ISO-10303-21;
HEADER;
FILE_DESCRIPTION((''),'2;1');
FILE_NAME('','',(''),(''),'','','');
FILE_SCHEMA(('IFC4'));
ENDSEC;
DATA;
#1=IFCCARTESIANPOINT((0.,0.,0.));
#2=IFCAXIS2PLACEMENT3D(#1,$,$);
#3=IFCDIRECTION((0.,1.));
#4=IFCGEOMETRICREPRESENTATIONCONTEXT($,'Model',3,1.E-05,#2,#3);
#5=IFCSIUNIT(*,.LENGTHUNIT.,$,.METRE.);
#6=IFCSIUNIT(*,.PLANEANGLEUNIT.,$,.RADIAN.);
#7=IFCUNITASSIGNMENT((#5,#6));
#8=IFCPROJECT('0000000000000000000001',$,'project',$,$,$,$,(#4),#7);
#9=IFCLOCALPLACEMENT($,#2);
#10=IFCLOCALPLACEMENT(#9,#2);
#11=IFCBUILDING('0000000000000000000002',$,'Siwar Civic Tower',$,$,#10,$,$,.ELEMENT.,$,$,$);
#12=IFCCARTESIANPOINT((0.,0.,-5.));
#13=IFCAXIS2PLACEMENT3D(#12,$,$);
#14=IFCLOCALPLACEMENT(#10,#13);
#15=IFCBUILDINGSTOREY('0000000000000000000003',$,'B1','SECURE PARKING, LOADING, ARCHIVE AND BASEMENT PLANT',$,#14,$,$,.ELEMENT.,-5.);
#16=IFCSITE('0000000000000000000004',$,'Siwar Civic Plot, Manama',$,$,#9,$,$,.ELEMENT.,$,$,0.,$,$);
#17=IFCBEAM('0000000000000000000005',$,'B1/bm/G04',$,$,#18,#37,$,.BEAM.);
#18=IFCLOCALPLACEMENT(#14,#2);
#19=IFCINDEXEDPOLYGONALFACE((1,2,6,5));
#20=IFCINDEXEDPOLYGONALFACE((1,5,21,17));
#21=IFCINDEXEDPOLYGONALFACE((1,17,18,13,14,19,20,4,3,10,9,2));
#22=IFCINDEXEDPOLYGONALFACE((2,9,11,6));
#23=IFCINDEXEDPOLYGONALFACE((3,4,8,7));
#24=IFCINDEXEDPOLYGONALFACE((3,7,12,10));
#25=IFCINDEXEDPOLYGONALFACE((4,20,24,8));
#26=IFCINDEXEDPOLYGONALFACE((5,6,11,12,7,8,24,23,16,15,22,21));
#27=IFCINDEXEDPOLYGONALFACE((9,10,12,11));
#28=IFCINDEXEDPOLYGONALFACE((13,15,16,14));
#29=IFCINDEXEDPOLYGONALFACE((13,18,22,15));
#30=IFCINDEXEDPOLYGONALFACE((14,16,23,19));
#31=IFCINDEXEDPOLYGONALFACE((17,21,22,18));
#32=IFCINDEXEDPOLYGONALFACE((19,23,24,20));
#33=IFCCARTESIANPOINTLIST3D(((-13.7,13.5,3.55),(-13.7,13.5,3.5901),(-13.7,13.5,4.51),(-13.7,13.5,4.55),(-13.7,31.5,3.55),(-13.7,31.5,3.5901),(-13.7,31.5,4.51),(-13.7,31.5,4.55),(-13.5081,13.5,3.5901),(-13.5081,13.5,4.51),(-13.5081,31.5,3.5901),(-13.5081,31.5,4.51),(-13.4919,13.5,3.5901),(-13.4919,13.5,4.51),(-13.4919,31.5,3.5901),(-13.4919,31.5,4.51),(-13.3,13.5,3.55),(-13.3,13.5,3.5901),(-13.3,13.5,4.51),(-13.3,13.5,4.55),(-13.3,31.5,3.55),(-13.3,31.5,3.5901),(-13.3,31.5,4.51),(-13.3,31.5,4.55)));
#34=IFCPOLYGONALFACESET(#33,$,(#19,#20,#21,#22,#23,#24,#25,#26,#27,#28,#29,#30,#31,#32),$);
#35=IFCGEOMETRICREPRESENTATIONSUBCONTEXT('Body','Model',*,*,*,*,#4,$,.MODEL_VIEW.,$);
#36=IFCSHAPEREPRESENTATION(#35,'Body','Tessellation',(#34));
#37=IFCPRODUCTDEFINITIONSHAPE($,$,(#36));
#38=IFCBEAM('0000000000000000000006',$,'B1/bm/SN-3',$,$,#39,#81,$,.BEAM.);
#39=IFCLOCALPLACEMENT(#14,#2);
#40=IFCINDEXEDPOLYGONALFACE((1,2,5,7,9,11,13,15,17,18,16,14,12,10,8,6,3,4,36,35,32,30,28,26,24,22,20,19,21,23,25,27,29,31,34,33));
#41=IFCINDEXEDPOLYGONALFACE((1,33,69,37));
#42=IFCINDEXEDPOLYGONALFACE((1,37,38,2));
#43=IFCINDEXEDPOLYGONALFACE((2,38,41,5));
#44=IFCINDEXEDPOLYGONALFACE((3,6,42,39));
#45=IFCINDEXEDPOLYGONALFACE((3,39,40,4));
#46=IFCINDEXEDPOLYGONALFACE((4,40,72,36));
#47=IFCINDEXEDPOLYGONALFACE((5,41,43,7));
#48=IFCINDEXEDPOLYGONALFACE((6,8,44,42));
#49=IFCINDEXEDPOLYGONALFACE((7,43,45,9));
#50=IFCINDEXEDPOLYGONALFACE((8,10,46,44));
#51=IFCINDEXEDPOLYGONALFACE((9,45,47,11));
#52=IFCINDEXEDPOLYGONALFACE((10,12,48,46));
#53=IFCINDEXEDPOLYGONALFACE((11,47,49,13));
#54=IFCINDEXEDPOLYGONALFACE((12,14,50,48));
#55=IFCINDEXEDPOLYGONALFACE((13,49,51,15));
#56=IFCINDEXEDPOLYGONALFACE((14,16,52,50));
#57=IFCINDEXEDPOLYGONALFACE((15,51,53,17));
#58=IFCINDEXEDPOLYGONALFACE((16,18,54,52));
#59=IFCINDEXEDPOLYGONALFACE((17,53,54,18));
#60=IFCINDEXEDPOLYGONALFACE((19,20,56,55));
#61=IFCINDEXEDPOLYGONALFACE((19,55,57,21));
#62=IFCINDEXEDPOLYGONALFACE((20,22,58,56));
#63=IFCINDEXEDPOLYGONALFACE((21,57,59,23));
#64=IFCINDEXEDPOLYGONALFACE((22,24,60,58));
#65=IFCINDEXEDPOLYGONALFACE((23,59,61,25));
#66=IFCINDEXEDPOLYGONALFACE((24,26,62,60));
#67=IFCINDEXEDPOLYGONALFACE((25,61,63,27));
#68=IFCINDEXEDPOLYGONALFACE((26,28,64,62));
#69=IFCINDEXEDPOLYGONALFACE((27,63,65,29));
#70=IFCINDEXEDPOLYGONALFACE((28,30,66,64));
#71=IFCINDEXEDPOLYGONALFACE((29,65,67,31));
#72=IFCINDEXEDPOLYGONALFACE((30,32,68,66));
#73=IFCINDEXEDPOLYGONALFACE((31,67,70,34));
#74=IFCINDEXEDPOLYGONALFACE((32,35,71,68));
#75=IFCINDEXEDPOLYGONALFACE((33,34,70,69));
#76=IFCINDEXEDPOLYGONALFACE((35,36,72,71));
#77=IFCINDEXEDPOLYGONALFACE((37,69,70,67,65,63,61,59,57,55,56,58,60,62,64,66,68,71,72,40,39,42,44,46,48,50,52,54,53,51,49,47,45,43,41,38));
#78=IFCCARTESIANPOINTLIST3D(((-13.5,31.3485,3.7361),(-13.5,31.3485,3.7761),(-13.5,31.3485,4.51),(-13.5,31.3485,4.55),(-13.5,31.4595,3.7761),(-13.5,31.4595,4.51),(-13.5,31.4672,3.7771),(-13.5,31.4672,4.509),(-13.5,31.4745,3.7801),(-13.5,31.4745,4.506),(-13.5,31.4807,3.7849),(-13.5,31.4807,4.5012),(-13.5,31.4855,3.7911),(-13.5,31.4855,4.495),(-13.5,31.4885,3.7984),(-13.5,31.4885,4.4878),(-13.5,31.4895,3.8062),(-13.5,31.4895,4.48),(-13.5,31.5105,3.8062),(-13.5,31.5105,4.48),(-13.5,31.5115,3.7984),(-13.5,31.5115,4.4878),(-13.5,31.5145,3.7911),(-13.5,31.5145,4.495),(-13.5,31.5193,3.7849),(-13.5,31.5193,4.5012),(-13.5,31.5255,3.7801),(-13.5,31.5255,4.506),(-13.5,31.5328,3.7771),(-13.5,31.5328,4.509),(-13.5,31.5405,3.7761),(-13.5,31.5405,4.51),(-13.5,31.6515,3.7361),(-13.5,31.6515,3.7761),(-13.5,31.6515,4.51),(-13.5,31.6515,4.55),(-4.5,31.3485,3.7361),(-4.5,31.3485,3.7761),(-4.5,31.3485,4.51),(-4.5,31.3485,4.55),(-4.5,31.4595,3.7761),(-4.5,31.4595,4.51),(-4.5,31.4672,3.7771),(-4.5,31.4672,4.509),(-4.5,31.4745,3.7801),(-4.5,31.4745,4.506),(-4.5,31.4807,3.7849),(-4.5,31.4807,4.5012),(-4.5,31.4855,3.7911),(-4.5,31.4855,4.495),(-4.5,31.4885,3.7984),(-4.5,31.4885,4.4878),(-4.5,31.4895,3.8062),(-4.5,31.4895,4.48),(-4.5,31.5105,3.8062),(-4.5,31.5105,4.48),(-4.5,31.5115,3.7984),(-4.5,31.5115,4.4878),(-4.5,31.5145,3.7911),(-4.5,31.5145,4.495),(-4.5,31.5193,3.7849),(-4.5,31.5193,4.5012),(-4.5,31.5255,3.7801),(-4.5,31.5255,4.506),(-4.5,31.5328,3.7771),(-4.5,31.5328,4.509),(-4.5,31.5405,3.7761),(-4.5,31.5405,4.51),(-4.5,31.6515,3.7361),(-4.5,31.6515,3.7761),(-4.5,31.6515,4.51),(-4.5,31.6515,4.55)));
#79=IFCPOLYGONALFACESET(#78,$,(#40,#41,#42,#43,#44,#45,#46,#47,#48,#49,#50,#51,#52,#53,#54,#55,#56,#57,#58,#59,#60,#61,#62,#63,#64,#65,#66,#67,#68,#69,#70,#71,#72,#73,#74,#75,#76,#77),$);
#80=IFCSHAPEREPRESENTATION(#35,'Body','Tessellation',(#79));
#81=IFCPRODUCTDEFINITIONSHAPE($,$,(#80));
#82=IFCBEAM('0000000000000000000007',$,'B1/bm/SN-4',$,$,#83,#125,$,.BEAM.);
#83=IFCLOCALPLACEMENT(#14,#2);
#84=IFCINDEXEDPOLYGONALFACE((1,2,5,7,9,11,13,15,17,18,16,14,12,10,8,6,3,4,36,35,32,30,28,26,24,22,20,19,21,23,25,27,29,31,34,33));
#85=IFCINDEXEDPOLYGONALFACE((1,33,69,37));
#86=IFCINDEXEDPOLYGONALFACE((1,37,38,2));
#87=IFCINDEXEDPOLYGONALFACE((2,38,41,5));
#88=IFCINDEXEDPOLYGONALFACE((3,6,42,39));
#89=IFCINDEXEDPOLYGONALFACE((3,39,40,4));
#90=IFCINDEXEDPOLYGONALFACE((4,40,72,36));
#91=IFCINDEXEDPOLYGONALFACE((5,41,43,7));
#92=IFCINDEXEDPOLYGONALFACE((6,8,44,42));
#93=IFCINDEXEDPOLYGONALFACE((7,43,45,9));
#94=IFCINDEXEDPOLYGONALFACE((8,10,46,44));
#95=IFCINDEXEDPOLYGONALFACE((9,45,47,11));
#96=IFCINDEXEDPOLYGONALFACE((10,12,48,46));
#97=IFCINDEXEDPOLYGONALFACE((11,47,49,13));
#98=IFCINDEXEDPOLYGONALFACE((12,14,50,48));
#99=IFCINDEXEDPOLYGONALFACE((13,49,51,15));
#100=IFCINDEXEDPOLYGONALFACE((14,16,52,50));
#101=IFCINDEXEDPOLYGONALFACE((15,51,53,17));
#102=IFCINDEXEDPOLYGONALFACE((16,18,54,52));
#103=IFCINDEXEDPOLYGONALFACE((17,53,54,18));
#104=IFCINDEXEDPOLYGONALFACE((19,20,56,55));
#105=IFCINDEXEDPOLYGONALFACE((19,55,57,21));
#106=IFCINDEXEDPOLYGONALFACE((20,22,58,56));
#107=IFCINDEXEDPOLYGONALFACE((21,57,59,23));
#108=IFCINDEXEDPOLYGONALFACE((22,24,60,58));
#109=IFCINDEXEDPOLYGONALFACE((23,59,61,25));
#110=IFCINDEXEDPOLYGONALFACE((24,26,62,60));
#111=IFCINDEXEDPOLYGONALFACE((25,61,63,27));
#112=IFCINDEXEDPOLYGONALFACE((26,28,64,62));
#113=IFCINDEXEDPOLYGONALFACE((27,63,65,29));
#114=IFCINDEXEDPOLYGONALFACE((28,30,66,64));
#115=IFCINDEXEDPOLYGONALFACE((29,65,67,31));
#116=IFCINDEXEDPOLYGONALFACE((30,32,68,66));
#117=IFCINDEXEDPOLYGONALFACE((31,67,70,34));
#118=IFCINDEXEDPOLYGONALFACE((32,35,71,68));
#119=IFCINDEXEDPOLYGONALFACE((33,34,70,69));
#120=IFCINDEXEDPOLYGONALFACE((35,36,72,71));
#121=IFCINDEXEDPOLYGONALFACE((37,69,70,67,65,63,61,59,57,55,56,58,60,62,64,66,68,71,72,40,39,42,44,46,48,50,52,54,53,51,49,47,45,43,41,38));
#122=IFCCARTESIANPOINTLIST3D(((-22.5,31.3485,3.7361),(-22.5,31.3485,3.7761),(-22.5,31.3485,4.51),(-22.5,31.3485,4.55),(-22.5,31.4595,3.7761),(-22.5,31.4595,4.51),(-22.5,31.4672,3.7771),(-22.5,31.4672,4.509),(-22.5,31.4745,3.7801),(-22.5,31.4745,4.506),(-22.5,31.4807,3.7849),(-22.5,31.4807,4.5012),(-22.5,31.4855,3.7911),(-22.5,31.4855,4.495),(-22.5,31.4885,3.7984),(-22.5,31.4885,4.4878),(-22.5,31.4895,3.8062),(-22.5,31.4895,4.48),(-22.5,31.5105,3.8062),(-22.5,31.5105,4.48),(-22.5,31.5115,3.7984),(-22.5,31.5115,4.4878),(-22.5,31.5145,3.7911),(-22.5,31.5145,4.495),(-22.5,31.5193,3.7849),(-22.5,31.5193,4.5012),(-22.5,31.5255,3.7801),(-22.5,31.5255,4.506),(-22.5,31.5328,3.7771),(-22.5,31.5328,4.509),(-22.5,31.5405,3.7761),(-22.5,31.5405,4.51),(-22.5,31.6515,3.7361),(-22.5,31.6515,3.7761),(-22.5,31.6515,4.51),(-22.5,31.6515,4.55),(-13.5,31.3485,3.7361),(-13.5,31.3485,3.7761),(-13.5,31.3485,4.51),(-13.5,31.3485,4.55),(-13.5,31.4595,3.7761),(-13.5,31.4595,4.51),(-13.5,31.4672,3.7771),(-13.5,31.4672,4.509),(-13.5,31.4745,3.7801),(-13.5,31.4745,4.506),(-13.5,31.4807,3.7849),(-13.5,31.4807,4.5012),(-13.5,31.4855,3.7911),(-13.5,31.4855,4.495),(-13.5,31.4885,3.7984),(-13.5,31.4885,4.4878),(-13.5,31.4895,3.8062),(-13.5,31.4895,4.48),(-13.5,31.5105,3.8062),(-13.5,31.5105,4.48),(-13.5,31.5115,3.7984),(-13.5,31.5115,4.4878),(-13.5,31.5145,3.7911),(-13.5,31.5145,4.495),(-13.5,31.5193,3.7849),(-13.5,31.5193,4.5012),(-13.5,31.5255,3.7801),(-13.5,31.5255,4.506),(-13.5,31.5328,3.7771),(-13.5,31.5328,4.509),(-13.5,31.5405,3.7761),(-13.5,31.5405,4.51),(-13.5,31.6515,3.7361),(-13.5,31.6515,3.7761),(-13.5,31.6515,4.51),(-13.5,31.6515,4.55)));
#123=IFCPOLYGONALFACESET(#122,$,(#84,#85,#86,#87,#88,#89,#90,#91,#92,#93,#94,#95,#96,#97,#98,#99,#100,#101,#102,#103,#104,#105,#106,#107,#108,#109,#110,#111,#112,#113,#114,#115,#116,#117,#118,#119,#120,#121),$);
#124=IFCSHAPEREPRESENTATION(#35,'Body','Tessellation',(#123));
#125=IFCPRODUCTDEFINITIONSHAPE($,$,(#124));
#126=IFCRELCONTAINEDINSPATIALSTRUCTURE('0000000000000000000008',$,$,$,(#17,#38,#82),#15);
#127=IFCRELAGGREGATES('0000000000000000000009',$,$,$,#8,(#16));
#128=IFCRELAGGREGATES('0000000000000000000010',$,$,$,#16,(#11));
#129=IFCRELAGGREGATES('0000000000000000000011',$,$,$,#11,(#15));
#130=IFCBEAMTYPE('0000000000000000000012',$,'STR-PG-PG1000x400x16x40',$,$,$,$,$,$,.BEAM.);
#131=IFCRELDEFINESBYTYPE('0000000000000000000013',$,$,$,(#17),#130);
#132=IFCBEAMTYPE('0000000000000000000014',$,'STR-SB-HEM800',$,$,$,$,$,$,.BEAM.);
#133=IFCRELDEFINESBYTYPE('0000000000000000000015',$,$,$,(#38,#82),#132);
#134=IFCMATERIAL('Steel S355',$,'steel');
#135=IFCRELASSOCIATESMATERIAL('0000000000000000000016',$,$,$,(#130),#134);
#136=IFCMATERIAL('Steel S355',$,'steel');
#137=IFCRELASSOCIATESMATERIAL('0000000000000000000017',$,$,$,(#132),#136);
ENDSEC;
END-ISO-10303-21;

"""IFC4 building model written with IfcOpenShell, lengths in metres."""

from ifc_helpers import new_model, si_unit, direction, frame, origin, origin_2d, place, context, subcontext, project, spatial, i_section, extrude, material, material_profile, profile_set, type_object, element, save


model = new_model("IFC4")

# Units and contexts
model_context = context("Model", 3, precision=1e-05, world=origin(), true_north=direction((0.0, 1.0)))
body_context = subcontext(model_context, "Body", "Model", "MODEL_VIEW")
ifc_project = project(units=[si_unit("LENGTHUNIT", "METRE"), si_unit("PLANEANGLEUNIT", "RADIAN")], contexts=[model_context])

# Site, building, storey
site_placement = place(None, origin())
site = spatial("IfcSite", under=ifc_project, at=site_placement, Name="Siwar Civic Plot, Manama", CompositionType="ELEMENT", RefElevation=0.0)
building_placement = place(site_placement, origin())
building = spatial("IfcBuilding", under=site, at=building_placement, Name="Siwar Civic Tower", CompositionType="ELEMENT")
storey_placement = place(building_placement, frame((0.0, 0.0, -5.0)))
storey = spatial("IfcBuildingStorey", under=building, at=storey_placement, Name="B1", Description="SECURE PARKING, LOADING, ARCHIVE AND BASEMENT PLANT", CompositionType="ELEMENT", Elevation=-5.0)

# Beams
ifc_material_1 = material(Name="Steel S355", Category="steel")
ifc_material_profile_1 = material_profile(ifc_material_1, i_section(OverallWidth=0.3999, OverallDepth=1.0, WebThickness=0.0161, FlangeThickness=0.04, at=origin_2d()), Name="PG1000x400x16x40")
ifc_profile_set_1 = profile_set([ifc_material_profile_1], Name="Steel S355")
beam_type_1 = type_object("IfcBeamType", Name="STR-PG-PG1000x400x16x40", PredefinedType="BEAM", material=ifc_profile_set_1)
beam_1_placement = place(storey_placement, frame((-13.5, 13.5, 4.05), z_axis=(0.0, 1.0, 0.0), x_axis=(-1.0, 0.0, 0.0)))
element("IfcBeam", 1, at=beam_1_placement, inside=storey, type_object=beam_type_1, Name="B1/bm/G04", PredefinedType="BEAM", context=body_context, shape_type="SweptSolid", body=[
    extrude(i_section(OverallWidth=0.3999, OverallDepth=1.0, WebThickness=0.0161, FlangeThickness=0.04, at=origin_2d()), origin(), (0.0, 0.0, 1.0), 18.0),
])
ifc_material_2 = material(Name="Steel S355", Category="steel")
ifc_material_profile_2 = material_profile(ifc_material_2, i_section(OverallWidth=0.303, OverallDepth=0.814, WebThickness=0.021, FlangeThickness=0.04, FilletRadius=0.03, at=origin_2d()), Name="HEM800")
ifc_profile_set_2 = profile_set([ifc_material_profile_2], Name="Steel S355")
beam_type_2 = type_object("IfcBeamType", Name="STR-SB-HEM800", PredefinedType="BEAM", material=ifc_profile_set_2)
for number, where, z_axis, x_axis, name in (
    (2, (-4.5, 31.5, 4.1431), (-1.0, 0.0, 0.0), (0.0, -1.0, 0.0), "B1/bm/SN-3"),
    (3, (-13.5, 31.5, 4.1431), (-1.0, 0.0, 0.0), (0.0, -1.0, 0.0), "B1/bm/SN-4"),
):
    element("IfcBeam", number, at=place(storey_placement, frame(where, z_axis=z_axis, x_axis=x_axis)), inside=storey, type_object=beam_type_2, Name=name, PredefinedType="BEAM", context=body_context, shape_type="SweptSolid", body=[
        extrude(i_section(OverallWidth=0.303, OverallDepth=0.814, WebThickness=0.021, FlangeThickness=0.04, FilletRadius=0.03, at=origin_2d()), origin(), (0.0, 0.0, 1.0), 9.0),
    ])

save(model, "model.ifc")
